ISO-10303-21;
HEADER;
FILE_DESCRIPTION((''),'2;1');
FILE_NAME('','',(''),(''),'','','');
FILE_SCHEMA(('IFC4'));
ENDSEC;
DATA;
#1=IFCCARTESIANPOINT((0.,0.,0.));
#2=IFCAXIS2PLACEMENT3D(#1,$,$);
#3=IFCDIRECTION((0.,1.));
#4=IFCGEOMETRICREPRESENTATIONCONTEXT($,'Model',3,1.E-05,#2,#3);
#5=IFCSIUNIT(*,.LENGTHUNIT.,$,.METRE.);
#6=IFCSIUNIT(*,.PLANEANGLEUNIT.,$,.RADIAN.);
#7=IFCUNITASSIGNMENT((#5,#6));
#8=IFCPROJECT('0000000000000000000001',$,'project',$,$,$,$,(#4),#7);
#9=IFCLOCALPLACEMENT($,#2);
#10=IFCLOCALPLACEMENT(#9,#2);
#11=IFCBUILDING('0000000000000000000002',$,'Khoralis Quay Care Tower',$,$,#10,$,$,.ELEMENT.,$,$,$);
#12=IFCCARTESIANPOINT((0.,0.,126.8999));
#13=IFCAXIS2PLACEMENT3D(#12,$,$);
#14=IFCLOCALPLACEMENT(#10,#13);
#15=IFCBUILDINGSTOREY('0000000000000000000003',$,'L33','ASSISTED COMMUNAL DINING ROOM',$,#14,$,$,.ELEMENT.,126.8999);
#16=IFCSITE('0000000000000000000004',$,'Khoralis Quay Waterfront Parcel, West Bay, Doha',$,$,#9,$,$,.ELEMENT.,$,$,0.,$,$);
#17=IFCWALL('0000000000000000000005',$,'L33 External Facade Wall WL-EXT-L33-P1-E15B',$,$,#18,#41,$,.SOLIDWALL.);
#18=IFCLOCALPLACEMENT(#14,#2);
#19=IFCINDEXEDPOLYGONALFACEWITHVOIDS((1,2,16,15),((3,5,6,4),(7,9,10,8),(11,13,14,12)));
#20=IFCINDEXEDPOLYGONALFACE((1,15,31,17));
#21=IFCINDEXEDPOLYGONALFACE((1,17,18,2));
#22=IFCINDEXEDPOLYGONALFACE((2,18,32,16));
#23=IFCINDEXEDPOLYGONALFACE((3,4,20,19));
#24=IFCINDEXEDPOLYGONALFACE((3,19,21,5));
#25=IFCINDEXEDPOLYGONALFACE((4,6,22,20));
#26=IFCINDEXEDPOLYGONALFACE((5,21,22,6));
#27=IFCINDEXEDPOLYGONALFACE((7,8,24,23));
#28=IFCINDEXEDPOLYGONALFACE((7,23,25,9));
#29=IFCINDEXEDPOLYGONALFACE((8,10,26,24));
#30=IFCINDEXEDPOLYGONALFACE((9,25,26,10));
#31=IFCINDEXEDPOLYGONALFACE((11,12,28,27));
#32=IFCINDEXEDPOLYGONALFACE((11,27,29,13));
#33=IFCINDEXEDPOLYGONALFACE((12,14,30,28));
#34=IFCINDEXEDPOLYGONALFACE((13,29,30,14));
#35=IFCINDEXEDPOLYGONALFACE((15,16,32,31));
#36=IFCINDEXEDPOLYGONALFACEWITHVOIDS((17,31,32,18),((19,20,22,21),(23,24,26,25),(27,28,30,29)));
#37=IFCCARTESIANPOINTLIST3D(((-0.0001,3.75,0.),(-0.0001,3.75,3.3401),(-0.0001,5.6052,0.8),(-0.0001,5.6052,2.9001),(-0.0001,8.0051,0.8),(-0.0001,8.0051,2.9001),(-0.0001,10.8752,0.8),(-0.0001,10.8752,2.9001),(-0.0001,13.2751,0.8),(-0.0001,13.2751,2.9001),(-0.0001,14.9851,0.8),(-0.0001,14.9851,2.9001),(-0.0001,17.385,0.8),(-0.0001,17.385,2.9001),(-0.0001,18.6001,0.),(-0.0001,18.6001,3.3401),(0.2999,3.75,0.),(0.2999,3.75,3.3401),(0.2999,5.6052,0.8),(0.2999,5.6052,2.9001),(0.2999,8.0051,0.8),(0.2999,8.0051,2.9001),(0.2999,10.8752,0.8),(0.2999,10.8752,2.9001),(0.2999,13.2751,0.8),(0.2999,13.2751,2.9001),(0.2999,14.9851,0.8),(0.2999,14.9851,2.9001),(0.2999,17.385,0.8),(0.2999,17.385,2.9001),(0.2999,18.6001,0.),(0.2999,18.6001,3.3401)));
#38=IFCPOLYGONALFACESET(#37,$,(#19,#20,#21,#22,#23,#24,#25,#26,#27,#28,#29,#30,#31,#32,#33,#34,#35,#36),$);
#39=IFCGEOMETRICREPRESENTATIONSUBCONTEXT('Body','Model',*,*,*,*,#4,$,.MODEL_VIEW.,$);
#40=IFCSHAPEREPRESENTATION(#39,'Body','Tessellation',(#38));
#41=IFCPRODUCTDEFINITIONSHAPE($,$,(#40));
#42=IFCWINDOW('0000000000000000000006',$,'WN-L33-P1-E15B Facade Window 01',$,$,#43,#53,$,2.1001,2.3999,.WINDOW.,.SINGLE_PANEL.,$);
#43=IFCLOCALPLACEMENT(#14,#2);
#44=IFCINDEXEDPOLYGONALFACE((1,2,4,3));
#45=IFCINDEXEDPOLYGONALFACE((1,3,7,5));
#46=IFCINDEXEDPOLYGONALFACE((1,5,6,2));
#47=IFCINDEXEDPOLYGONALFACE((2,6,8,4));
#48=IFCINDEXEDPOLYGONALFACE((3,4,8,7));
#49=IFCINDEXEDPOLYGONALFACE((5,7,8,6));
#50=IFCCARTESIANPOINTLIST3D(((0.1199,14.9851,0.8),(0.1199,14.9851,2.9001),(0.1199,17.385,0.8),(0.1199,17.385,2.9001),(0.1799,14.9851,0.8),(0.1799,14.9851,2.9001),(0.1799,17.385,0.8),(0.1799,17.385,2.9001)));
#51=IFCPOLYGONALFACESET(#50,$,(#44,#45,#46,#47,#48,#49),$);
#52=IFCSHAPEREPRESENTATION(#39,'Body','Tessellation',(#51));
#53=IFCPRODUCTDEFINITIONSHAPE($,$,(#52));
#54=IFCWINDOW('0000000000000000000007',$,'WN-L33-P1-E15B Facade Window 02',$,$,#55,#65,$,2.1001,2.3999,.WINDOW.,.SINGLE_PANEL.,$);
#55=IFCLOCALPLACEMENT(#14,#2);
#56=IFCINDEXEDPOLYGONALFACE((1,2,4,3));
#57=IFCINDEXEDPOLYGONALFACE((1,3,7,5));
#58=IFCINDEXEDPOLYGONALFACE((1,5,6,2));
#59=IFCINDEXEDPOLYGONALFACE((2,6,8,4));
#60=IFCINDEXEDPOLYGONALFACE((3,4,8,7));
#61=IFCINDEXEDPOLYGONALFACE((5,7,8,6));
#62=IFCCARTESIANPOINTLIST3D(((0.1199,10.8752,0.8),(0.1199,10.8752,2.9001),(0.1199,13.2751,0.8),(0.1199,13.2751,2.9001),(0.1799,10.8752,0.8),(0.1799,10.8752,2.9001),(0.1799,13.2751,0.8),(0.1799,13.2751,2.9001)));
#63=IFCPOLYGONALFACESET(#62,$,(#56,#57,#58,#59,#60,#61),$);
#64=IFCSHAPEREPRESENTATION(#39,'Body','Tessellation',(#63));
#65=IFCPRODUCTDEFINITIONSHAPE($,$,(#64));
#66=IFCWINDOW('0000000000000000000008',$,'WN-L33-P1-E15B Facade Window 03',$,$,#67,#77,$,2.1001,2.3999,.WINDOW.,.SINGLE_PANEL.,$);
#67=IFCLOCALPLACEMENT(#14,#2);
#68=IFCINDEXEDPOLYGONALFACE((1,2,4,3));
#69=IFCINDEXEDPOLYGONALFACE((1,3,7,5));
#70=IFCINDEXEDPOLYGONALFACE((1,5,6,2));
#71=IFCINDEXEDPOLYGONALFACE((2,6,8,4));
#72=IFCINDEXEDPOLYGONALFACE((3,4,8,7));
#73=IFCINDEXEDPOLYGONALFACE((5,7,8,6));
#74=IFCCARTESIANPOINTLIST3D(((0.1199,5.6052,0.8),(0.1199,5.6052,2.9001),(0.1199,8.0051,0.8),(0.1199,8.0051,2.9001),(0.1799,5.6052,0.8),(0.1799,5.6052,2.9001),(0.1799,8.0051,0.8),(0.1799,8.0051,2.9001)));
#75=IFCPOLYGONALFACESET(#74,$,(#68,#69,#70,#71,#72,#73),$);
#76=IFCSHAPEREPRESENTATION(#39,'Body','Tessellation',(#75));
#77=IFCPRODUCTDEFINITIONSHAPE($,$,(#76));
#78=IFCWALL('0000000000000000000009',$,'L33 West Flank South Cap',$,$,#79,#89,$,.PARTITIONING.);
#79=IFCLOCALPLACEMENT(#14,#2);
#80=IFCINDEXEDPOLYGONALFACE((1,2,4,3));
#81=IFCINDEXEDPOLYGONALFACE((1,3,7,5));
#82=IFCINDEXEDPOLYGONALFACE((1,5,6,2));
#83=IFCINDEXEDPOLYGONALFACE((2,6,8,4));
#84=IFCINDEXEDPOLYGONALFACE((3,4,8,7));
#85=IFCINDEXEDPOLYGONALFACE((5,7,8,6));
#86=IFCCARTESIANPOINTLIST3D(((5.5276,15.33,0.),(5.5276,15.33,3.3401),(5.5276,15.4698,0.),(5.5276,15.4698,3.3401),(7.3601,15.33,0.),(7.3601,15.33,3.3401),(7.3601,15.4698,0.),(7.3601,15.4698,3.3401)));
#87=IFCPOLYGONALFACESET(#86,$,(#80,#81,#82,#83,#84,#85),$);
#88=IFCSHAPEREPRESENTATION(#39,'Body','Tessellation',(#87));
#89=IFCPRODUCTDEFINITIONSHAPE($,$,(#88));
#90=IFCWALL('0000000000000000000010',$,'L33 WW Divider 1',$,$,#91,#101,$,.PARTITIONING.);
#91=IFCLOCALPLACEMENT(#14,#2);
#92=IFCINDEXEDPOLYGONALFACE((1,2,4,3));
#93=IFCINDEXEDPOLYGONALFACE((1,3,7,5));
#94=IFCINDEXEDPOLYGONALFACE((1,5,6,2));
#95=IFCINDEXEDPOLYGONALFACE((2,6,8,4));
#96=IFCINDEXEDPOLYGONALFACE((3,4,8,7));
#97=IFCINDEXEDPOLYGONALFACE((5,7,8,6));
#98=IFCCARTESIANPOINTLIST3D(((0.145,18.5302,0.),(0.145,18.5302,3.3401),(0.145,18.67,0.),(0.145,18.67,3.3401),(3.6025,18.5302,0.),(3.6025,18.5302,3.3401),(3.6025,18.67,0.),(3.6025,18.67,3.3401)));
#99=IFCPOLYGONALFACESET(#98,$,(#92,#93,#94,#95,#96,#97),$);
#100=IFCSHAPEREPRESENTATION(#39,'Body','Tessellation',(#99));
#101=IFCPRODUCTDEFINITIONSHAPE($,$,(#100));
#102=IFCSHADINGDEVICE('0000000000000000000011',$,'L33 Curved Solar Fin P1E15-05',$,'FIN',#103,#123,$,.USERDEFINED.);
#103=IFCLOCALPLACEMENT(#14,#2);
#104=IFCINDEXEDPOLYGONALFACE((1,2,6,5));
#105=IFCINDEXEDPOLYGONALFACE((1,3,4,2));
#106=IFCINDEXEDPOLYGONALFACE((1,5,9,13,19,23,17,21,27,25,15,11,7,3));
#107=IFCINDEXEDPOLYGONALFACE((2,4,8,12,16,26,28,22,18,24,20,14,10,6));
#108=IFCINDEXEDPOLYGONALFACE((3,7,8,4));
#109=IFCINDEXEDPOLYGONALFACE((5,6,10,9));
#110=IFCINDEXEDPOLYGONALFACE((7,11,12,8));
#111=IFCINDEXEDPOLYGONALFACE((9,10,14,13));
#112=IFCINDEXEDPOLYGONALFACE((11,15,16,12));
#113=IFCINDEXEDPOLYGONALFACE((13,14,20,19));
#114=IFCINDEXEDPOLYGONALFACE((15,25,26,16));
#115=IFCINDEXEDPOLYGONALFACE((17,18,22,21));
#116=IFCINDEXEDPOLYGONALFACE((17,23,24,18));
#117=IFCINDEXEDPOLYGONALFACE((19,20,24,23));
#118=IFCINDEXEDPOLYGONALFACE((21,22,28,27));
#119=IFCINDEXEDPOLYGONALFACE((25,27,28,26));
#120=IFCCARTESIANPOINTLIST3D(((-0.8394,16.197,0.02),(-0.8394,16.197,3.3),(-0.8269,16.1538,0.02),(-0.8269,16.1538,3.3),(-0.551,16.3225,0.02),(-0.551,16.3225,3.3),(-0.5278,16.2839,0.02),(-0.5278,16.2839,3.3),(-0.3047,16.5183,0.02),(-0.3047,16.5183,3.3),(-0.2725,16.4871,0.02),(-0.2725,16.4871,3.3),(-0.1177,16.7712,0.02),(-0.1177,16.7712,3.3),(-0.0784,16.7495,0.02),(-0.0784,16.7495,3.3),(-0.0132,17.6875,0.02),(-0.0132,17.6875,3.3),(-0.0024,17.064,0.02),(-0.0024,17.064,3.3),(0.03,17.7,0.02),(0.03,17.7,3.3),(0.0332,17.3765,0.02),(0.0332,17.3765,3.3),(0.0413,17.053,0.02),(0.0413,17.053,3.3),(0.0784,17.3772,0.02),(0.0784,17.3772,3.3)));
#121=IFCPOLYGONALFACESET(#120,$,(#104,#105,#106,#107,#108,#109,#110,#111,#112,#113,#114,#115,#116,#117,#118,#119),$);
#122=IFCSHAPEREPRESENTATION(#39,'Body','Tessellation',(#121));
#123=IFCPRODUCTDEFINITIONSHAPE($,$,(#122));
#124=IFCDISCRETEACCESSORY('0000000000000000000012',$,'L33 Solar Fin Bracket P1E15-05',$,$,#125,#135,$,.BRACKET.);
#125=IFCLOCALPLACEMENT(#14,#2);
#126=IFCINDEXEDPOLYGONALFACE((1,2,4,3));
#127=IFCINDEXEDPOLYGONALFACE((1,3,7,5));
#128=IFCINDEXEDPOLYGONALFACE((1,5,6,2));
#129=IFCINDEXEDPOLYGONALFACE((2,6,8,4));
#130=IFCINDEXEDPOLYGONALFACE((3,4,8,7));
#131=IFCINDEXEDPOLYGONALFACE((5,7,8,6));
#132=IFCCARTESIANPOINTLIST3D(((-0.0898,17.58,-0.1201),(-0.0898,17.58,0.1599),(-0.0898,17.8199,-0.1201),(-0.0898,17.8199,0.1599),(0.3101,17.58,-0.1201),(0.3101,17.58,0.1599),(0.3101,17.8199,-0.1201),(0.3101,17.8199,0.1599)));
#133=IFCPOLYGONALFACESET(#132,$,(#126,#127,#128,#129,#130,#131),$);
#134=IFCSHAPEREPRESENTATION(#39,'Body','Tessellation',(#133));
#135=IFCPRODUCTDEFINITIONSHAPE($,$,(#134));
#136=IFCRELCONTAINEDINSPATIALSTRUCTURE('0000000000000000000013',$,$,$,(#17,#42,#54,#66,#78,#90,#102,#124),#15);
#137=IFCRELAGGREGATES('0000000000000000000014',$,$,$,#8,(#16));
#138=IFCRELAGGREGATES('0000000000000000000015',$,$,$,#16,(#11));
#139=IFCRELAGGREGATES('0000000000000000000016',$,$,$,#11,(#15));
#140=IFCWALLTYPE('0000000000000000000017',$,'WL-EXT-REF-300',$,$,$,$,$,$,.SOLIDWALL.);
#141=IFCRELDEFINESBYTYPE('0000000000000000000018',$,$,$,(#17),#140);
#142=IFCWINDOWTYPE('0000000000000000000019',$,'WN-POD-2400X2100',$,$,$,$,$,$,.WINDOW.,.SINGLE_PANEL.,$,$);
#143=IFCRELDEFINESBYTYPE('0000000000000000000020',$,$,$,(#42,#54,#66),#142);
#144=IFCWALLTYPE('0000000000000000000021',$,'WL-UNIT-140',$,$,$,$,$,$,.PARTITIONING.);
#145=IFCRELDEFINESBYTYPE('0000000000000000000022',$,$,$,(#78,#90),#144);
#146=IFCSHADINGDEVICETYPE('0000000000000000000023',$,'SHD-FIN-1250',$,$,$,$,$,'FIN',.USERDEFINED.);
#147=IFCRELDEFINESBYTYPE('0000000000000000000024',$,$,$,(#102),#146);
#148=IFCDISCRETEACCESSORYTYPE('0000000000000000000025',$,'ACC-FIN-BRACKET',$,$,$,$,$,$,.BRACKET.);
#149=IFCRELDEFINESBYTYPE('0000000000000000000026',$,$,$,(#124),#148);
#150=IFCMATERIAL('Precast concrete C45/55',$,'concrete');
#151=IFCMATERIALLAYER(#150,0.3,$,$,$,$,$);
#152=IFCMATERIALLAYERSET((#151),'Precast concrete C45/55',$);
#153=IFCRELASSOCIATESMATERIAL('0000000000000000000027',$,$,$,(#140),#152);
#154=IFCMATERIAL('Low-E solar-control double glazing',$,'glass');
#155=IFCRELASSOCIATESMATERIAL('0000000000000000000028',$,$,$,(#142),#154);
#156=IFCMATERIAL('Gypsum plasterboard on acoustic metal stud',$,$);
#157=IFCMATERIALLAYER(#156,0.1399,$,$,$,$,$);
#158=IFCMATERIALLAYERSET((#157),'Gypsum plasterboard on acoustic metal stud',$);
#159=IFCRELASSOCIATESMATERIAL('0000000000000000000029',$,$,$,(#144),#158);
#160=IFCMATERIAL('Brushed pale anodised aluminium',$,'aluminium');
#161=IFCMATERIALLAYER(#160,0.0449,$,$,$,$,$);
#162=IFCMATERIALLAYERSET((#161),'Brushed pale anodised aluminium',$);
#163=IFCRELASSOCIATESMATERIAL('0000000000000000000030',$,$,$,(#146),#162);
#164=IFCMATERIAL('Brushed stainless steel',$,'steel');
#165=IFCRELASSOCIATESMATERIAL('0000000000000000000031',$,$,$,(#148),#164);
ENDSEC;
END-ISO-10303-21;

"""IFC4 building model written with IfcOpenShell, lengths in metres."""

from ifc_helpers import new_model, si_unit, direction, frame, frame_2d, origin, origin_2d, place, context, subcontext, project, spatial, polyline, rectangle, outline, extrude, source, transform, mapped, material, layer, layer_set, type_object, element, fill, save


model = new_model("IFC4")

# Units and contexts
model_context = context("Model", 3, precision=1e-05, world=origin(), true_north=direction((0.0, 1.0)))
body_context = subcontext(model_context, "Body", "Model", "MODEL_VIEW")
ifc_project = project(units=[si_unit("LENGTHUNIT", "METRE"), si_unit("PLANEANGLEUNIT", "RADIAN")], contexts=[model_context])

# Site, building, storey
site_placement = place(None, origin())
site = spatial("IfcSite", under=ifc_project, at=site_placement, Name="Khoralis Quay Waterfront Parcel, West Bay, Doha", CompositionType="ELEMENT", RefElevation=0.0)
building_placement = place(site_placement, origin())
building = spatial("IfcBuilding", under=site, at=building_placement, Name="Khoralis Quay Care Tower", CompositionType="ELEMENT")
storey_placement = place(building_placement, frame((0.0, 0.0, 126.8999)))
storey = spatial("IfcBuildingStorey", under=building, at=storey_placement, Name="L33", Description="ASSISTED COMMUNAL DINING ROOM", CompositionType="ELEMENT", Elevation=126.8999)

# Shared definitions
ifc_material_1 = material(Name="Low-E solar-control double glazing", Category="glass")

# Wall, openings, windows
ifc_material_2 = material(Name="Precast concrete C45/55", Category="concrete")
ifc_layer_1 = layer(ifc_material_2, 0.3)
ifc_layer_set_1 = layer_set([ifc_layer_1], Name="Precast concrete C45/55")
wall_type_1 = type_object("IfcWallType", Name="WL-EXT-REF-300", PredefinedType="SOLIDWALL", material=ifc_layer_set_1)
wall_1_placement = place(storey_placement, frame((0.1499, 18.6001, 0.0), z_axis=(0.0, 0.0, 1.0), x_axis=(0.0, -1.0, 0.0)))
wall_1 = element("IfcWall", 1, at=wall_1_placement, inside=storey, type_object=wall_type_1, Name="L33 External Facade Wall WL-EXT-L33-P1-E15B", PredefinedType="SOLIDWALL", context=body_context, shape_type="SweptSolid", body=[
    extrude(rectangle(XDim=14.8501, YDim=0.3, at=frame_2d((7.425, 0.0))), origin(), (0.0, 0.0, 1.0), 3.3401),
])
opening_1_placement = place(wall_1_placement, frame((1.2151, 0.0, 0.8)))
opening_1 = element("IfcOpeningElement", 2, at=opening_1_placement, cuts=wall_1, PredefinedType="OPENING", context=body_context, shape_type="SweptSolid", body=[
    extrude(rectangle(XDim=2.3999, YDim=2.1001, at=frame_2d((1.2, 1.05))), frame((0.0, 0.1602, 0.0), z_axis=(0.0, -1.0, 0.0), x_axis=(1.0, 0.0, 0.0)), (0.0, 0.0, 1.0), 0.3201),
])
opening_2_placement = place(wall_1_placement, frame((5.325, 0.0, 0.8)))
opening_2 = element("IfcOpeningElement", 3, at=opening_2_placement, cuts=wall_1, PredefinedType="OPENING", context=body_context, shape_type="SweptSolid", body=[
    extrude(rectangle(XDim=2.3999, YDim=2.1001, at=frame_2d((1.2, 1.05))), frame((0.0, 0.1602, 0.0), z_axis=(0.0, -1.0, 0.0), x_axis=(1.0, 0.0, 0.0)), (0.0, 0.0, 1.0), 0.3201),
])
opening_3_placement = place(wall_1_placement, frame((10.595, 0.0, 0.8)))
opening_3 = element("IfcOpeningElement", 4, at=opening_3_placement, cuts=wall_1, PredefinedType="OPENING", context=body_context, shape_type="SweptSolid", body=[
    extrude(rectangle(XDim=2.3999, YDim=2.1001, at=frame_2d((1.2, 1.05))), frame((0.0, 0.1602, 0.0), z_axis=(0.0, -1.0, 0.0), x_axis=(1.0, 0.0, 0.0)), (0.0, 0.0, 1.0), 0.3201),
])
window_type = type_object("IfcWindowType", Name="WN-POD-2400X2100", PartitioningType="SINGLE_PANEL", PredefinedType="WINDOW", material=ifc_material_1)
shared_shape_1 = source(origin(), body_context, "Body", "SweptSolid", [
    extrude(rectangle(XDim=2.3999, YDim=2.1001, at=frame_2d((1.2, 1.05))), frame((0.0, 0.03, 0.0), z_axis=(0.0, -1.0, 0.0), x_axis=(1.0, 0.0, 0.0)), (0.0, 0.0, 1.0), 0.0601),
])
window_1_placement = place(opening_1_placement, origin())
window_1 = element("IfcWindow", 5, at=window_1_placement, inside=storey, type_object=window_type, Name="WN-L33-P1-E15B Facade Window 01", OverallHeight=2.1001, OverallWidth=2.3999, PartitioningType="SINGLE_PANEL", PredefinedType="WINDOW", context=body_context, shape_type="MappedRepresentation", body=[
    mapped(shared_shape_1, transform((0.0, 0.0, 0.0), scale=1.0)),
])
fill(opening_1, window_1)
window_2_placement = place(opening_2_placement, origin())
window_2 = element("IfcWindow", 6, at=window_2_placement, inside=storey, type_object=window_type, Name="WN-L33-P1-E15B Facade Window 02", OverallHeight=2.1001, OverallWidth=2.3999, PartitioningType="SINGLE_PANEL", PredefinedType="WINDOW", context=body_context, shape_type="MappedRepresentation", body=[
    mapped(shared_shape_1, transform((0.0, 0.0, 0.0), scale=1.0)),
])
fill(opening_2, window_2)
window_3_placement = place(opening_3_placement, origin())
window_3 = element("IfcWindow", 7, at=window_3_placement, inside=storey, type_object=window_type, Name="WN-L33-P1-E15B Facade Window 03", OverallHeight=2.1001, OverallWidth=2.3999, PartitioningType="SINGLE_PANEL", PredefinedType="WINDOW", context=body_context, shape_type="MappedRepresentation", body=[
    mapped(shared_shape_1, transform((0.0, 0.0, 0.0), scale=1.0)),
])
fill(opening_3, window_3)

# Walls
ifc_material_3 = material(Name="Gypsum plasterboard on acoustic metal stud")
ifc_layer_2 = layer(ifc_material_3, 0.1399)
ifc_layer_set_2 = layer_set([ifc_layer_2], Name="Gypsum plasterboard on acoustic metal stud")
wall_type_2 = type_object("IfcWallType", Name="WL-UNIT-140", PredefinedType="PARTITIONING", material=ifc_layer_set_2)
wall_2_placement = place(storey_placement, frame((5.5276, 15.3999, 0.0), z_axis=(0.0, 0.0, 1.0), x_axis=(1.0, 0.0, 0.0)))
element("IfcWall", 8, at=wall_2_placement, inside=storey, type_object=wall_type_2, Name="L33 West Flank South Cap", PredefinedType="PARTITIONING", context=body_context, shape_type="SweptSolid", body=[
    extrude(rectangle(XDim=1.8325, YDim=0.1399, at=frame_2d((0.9163, 0.0))), origin(), (0.0, 0.0, 1.0), 3.3401),
])
wall_3_placement = place(storey_placement, frame((0.145, 18.6001, 0.0), z_axis=(0.0, 0.0, 1.0), x_axis=(1.0, 0.0, 0.0)))
element("IfcWall", 9, at=wall_3_placement, inside=storey, type_object=wall_type_2, Name="L33 WW Divider 1", PredefinedType="PARTITIONING", context=body_context, shape_type="SweptSolid", body=[
    extrude(rectangle(XDim=3.4575, YDim=0.1399, at=frame_2d((1.7288, 0.0))), origin(), (0.0, 0.0, 1.0), 3.3401),
])

# Shading device
ifc_material_4 = material(Name="Brushed pale anodised aluminium", Category="aluminium")
ifc_layer_3 = layer(ifc_material_4, 0.0449)
ifc_layer_set_3 = layer_set([ifc_layer_3], Name="Brushed pale anodised aluminium")
shading_device_type = type_object("IfcShadingDeviceType", Name="SHD-FIN-1250", ElementType="FIN", PredefinedType="USERDEFINED", material=ifc_layer_set_3)
shared_shape_2 = source(origin(), body_context, "Body", "SweptSolid", [
    extrude(outline(polyline([(0.0, 0.0), (-0.0483, 0.3228), (-0.0112, 0.647), (0.1084, 0.9504), (0.3025, 1.2129), (0.5579, 1.416), (0.8569, 1.5461), (0.8694, 1.5029), (0.5811, 1.3774), (0.3347, 1.1816), (0.1477, 0.9287), (0.0325, 0.636), (-0.0032, 0.3235), (0.0432, 0.0125), (0.0, 0.0)])), origin(), (0.0, 0.0, 1.0), 3.28),
])
shading_device_placement = place(storey_placement, frame((0.03, 17.7, 0.02), z_axis=(0.0, 0.0, 1.0), x_axis=(-1.0, 0.0, 0.0)))
element("IfcShadingDevice", 10, at=shading_device_placement, inside=storey, type_object=shading_device_type, Name="L33 Curved Solar Fin P1E15-05", ObjectType="FIN", PredefinedType="USERDEFINED", context=body_context, shape_type="MappedRepresentation", body=[
    mapped(shared_shape_2, transform((0.0, 0.0, 0.0), scale=1.0)),
])

# Discrete accessory
ifc_material_5 = material(Name="Brushed stainless steel", Category="steel")
discrete_accessory_type = type_object("IfcDiscreteAccessoryType", Name="ACC-FIN-BRACKET", PredefinedType="BRACKET", material=ifc_material_5)
shared_shape_3 = source(origin(), body_context, "Body", "SweptSolid", [
    extrude(rectangle(XDim=0.3999, YDim=0.24, at=origin_2d()), origin(), (0.0, 0.0, 1.0), 0.28),
])
discrete_accessory_placement = place(storey_placement, frame((0.1101, 17.7, -0.1201), z_axis=(0.0, 0.0, 1.0), x_axis=(-1.0, 0.0, 0.0)))
element("IfcDiscreteAccessory", 11, at=discrete_accessory_placement, inside=storey, type_object=discrete_accessory_type, Name="L33 Solar Fin Bracket P1E15-05", PredefinedType="BRACKET", context=body_context, shape_type="MappedRepresentation", body=[
    mapped(shared_shape_3, transform((0.0, 0.0, 0.0), scale=1.0)),
])

save(model, "model.ifc")
